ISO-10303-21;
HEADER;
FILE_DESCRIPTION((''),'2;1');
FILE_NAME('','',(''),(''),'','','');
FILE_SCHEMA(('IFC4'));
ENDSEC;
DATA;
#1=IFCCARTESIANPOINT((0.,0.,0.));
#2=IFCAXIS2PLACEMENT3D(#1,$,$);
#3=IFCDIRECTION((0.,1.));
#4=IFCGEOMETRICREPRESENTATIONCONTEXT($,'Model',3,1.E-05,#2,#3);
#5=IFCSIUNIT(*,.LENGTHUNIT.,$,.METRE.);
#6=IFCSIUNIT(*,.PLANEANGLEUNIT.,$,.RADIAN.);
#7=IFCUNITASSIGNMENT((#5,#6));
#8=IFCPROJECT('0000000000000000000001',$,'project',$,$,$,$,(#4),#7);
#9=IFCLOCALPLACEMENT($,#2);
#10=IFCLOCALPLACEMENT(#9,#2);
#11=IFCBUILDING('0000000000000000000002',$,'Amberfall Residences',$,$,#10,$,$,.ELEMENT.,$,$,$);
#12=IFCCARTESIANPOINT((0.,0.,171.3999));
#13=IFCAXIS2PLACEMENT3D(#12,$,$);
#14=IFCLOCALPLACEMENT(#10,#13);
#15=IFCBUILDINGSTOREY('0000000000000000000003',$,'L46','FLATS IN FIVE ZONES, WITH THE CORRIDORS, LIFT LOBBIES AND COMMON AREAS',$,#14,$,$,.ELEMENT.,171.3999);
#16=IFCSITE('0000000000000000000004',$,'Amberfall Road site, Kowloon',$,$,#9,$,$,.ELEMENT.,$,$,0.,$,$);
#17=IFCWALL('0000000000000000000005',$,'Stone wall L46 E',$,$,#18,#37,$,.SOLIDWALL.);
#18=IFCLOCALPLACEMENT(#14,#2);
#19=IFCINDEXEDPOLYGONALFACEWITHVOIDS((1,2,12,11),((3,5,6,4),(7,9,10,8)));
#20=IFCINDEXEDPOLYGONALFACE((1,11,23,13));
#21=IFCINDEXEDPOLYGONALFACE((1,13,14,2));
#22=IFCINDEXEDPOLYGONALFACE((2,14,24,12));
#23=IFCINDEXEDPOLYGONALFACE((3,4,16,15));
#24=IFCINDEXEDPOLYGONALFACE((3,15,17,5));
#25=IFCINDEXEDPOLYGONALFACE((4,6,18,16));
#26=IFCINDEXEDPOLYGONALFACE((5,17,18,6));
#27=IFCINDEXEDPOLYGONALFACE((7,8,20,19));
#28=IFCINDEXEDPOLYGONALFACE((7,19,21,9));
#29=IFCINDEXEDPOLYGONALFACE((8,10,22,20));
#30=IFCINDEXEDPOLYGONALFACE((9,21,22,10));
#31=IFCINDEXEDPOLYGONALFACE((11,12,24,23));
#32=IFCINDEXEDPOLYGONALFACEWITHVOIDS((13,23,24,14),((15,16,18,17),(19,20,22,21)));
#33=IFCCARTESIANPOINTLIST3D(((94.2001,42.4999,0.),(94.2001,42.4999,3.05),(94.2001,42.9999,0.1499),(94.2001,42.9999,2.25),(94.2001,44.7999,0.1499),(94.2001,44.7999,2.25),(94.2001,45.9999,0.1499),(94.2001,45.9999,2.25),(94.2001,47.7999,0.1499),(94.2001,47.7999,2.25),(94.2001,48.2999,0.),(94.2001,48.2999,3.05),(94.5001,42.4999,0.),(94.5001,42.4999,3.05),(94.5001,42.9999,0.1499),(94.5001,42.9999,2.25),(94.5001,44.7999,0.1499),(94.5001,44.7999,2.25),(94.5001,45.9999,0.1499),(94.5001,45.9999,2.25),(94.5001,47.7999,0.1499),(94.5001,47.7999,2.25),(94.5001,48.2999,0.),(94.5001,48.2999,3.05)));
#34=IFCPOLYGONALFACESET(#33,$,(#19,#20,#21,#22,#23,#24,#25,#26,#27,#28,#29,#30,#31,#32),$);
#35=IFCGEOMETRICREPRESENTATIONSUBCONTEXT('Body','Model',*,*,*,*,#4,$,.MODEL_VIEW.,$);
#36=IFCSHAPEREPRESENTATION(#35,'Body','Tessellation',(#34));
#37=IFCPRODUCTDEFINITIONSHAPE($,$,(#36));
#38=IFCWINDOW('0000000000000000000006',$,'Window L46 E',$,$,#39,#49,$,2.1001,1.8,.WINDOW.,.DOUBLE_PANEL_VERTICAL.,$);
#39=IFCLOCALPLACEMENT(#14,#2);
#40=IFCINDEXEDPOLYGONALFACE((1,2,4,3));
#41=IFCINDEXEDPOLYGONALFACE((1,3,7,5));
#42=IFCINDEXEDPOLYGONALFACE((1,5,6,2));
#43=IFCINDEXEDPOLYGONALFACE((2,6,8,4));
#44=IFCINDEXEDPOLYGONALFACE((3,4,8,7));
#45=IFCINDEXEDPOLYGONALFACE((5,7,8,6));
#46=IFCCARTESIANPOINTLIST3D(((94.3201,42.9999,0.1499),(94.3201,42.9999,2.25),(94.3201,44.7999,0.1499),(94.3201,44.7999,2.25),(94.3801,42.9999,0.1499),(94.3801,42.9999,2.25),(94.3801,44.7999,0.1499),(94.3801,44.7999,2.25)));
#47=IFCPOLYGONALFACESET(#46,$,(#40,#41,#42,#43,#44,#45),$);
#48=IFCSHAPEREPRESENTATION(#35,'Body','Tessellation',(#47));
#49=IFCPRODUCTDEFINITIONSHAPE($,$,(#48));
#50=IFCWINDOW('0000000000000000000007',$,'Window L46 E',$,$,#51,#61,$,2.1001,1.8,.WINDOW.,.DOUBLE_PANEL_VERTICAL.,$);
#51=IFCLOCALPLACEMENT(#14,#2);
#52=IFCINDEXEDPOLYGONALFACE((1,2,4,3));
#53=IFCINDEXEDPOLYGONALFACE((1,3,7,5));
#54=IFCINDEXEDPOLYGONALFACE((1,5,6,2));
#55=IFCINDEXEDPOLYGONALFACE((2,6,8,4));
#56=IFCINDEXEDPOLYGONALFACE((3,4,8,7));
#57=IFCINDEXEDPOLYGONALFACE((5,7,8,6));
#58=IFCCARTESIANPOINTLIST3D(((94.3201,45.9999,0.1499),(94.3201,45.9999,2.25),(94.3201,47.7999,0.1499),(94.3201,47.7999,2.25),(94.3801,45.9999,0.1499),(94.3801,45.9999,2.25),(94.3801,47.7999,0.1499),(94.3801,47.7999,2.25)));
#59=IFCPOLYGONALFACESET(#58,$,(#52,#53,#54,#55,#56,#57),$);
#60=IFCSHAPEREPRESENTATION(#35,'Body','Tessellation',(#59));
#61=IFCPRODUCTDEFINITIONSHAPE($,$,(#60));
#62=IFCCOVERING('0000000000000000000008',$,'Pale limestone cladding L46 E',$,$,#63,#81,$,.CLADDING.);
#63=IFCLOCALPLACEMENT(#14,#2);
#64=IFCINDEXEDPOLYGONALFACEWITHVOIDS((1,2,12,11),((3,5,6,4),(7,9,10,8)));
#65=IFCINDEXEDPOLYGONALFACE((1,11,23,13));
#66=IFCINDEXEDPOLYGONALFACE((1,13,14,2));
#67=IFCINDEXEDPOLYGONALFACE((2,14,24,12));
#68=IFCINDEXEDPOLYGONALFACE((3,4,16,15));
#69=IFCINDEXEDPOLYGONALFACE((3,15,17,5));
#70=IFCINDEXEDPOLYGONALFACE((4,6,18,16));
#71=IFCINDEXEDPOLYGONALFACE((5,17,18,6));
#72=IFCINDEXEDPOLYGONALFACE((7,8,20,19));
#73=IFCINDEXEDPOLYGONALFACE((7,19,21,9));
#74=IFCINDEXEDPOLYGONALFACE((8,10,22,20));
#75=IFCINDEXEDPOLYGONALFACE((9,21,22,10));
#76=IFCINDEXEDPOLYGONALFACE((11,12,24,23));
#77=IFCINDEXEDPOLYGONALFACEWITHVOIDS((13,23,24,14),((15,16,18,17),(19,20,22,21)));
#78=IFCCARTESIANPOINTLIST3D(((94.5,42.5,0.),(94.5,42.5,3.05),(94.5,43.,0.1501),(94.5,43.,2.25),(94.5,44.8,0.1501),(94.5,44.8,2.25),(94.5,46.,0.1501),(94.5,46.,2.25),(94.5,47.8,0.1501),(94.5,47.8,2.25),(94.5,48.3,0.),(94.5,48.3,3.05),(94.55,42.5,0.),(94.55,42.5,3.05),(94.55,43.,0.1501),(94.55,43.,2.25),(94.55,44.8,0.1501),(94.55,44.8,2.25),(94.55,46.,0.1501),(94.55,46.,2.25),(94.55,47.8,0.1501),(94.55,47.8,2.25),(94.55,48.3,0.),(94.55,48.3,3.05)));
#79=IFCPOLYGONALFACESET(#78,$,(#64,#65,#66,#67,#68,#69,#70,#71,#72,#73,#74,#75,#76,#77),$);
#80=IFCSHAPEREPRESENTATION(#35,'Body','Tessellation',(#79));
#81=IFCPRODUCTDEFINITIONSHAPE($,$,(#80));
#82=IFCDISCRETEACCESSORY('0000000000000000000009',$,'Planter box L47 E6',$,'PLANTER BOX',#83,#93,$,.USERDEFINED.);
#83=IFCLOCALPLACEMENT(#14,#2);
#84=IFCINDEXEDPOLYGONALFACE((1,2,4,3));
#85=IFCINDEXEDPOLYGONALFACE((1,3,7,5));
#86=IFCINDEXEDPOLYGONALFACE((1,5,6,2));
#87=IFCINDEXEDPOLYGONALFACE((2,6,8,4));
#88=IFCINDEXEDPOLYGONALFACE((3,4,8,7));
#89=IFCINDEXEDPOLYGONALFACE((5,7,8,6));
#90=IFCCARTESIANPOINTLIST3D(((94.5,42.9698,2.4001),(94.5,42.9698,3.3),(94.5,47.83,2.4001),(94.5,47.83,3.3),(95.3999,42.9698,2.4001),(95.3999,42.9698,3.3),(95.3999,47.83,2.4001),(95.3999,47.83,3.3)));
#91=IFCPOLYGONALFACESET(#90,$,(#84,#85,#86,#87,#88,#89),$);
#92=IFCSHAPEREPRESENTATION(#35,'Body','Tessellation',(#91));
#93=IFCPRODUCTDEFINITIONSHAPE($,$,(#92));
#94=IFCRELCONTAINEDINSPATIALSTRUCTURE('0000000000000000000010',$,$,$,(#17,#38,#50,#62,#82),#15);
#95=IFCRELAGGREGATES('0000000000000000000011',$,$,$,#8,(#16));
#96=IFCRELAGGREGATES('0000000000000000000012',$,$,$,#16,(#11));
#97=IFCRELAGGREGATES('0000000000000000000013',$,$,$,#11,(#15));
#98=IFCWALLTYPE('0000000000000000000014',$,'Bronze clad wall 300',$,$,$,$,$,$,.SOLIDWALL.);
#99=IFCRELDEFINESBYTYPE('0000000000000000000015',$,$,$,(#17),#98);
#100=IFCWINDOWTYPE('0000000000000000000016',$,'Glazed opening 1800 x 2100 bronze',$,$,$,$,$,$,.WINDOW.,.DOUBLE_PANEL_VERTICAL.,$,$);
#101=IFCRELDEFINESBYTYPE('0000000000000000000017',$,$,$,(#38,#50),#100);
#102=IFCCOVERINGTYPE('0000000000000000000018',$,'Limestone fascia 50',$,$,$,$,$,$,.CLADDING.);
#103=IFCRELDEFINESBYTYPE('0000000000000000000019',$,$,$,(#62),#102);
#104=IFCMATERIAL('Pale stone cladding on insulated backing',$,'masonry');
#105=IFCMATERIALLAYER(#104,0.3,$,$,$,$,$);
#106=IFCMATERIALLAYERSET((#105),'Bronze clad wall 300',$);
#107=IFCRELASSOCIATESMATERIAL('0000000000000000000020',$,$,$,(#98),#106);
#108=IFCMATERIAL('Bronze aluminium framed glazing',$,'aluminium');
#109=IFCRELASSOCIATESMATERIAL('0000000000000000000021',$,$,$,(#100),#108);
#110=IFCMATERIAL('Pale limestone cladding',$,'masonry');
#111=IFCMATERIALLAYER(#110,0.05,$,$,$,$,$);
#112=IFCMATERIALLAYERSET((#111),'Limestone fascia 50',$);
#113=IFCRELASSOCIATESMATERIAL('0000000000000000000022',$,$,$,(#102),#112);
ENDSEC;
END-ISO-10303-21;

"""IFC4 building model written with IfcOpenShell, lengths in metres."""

from ifc_helpers import new_model, si_unit, direction, frame, frame_2d, origin, origin_2d, place, context, subcontext, project, spatial, polyline, rectangle, outline, extrude, material, layer, layer_set, type_object, element, fill, save


model = new_model("IFC4")

# Units and contexts
model_context = context("Model", 3, precision=1e-05, world=origin(), true_north=direction((0.0, 1.0)))
body_context = subcontext(model_context, "Body", "Model", "MODEL_VIEW")
ifc_project = project(units=[si_unit("LENGTHUNIT", "METRE"), si_unit("PLANEANGLEUNIT", "RADIAN")], contexts=[model_context])

# Site, building, storey
site_placement = place(None, origin())
site = spatial("IfcSite", under=ifc_project, at=site_placement, Name="Amberfall Road site, Kowloon", CompositionType="ELEMENT", RefElevation=0.0)
building_placement = place(site_placement, origin())
building = spatial("IfcBuilding", under=site, at=building_placement, Name="Amberfall Residences", CompositionType="ELEMENT")
storey_placement = place(building_placement, frame((0.0, 0.0, 171.3999)))
storey = spatial("IfcBuildingStorey", under=building, at=storey_placement, Name="L46", Description="FLATS IN FIVE ZONES, WITH THE CORRIDORS, LIFT LOBBIES AND COMMON AREAS", CompositionType="ELEMENT", Elevation=171.3999)

# Shared definitions
ifc_material_1 = material(Name="Pale stone cladding on insulated backing", Category="masonry")
ifc_layer_1 = layer(ifc_material_1, 0.3)
ifc_layer_set_1 = layer_set([ifc_layer_1], Name="Bronze clad wall 300")
wall_type = type_object("IfcWallType", Name="Bronze clad wall 300", PredefinedType="SOLIDWALL", material=ifc_layer_set_1)

# Wall, openings, windows
wall_1_placement = place(storey_placement, frame((94.3501, 42.5, 0.0), z_axis=(0.0, 0.0, 1.0), x_axis=(0.0, 1.0, 0.0)))
wall_1 = element("IfcWall", 1, at=wall_1_placement, inside=storey, type_object=wall_type, Name="Stone wall L46 E", PredefinedType="SOLIDWALL", context=body_context, shape_type="SweptSolid", body=[
    extrude(rectangle(XDim=5.8, YDim=0.3, at=frame_2d((2.8999, 0.0))), origin(), (0.0, 0.0, 1.0), 3.05),
])
opening_1_placement = place(wall_1_placement, frame((0.5, 0.0, 0.1499)))
opening_1 = element("IfcOpeningElement", 2, at=opening_1_placement, cuts=wall_1, PredefinedType="OPENING", context=body_context, shape_type="SweptSolid", body=[
    extrude(rectangle(XDim=1.8, YDim=2.1001, at=frame_2d((0.8999, 1.05))), frame((0.0, 0.1599, 0.0), z_axis=(0.0, -1.0, 0.0), x_axis=(1.0, 0.0, 0.0)), (0.0, 0.0, 1.0), 0.3201),
])
opening_2_placement = place(wall_1_placement, frame((3.5, 0.0, 0.1499)))
opening_2 = element("IfcOpeningElement", 3, at=opening_2_placement, cuts=wall_1, PredefinedType="OPENING", context=body_context, shape_type="SweptSolid", body=[
    extrude(rectangle(XDim=1.8, YDim=2.1001, at=frame_2d((0.8999, 1.05))), frame((0.0, 0.1599, 0.0), z_axis=(0.0, -1.0, 0.0), x_axis=(1.0, 0.0, 0.0)), (0.0, 0.0, 1.0), 0.3201),
])
ifc_material_2 = material(Name="Bronze aluminium framed glazing", Category="aluminium")
window_type = type_object("IfcWindowType", Name="Glazed opening 1800 x 2100 bronze", PartitioningType="DOUBLE_PANEL_VERTICAL", PredefinedType="WINDOW", material=ifc_material_2)
window_1_placement = place(opening_1_placement, origin())
window_1 = element("IfcWindow", 4, at=window_1_placement, inside=storey, type_object=window_type, Name="Window L46 E", OverallHeight=2.1001, OverallWidth=1.8, PartitioningType="DOUBLE_PANEL_VERTICAL", PredefinedType="WINDOW", context=body_context, shape_type="SweptSolid", body=[
    extrude(rectangle(XDim=1.8, YDim=2.1001, at=frame_2d((0.8999, 1.05))), frame((0.0, 0.03, 0.0), z_axis=(0.0, -1.0, 0.0), x_axis=(1.0, 0.0, 0.0)), (0.0, 0.0, 1.0), 0.0601),
])
fill(opening_1, window_1)
window_2_placement = place(opening_2_placement, origin())
window_2 = element("IfcWindow", 5, at=window_2_placement, inside=storey, type_object=window_type, Name="Window L46 E", OverallHeight=2.1001, OverallWidth=1.8, PartitioningType="DOUBLE_PANEL_VERTICAL", PredefinedType="WINDOW", context=body_context, shape_type="SweptSolid", body=[
    extrude(rectangle(XDim=1.8, YDim=2.1001, at=frame_2d((0.8999, 1.05))), frame((0.0, 0.03, 0.0), z_axis=(0.0, -1.0, 0.0), x_axis=(1.0, 0.0, 0.0)), (0.0, 0.0, 1.0), 0.0601),
])
fill(opening_2, window_2)

# Covering
ifc_material_3 = material(Name="Pale limestone cladding", Category="masonry")
ifc_layer_2 = layer(ifc_material_3, 0.05)
ifc_layer_set_2 = layer_set([ifc_layer_2], Name="Limestone fascia 50")
covering_type = type_object("IfcCoveringType", Name="Limestone fascia 50", PredefinedType="CLADDING", material=ifc_layer_set_2)
covering_placement = place(storey_placement, frame((94.5, 42.5, 3.05), z_axis=(-1.0, 0.0, 0.0), x_axis=(0.0, 1.0, 0.0)))
element("IfcCovering", 6, at=covering_placement, inside=storey, type_object=covering_type, Name="Pale limestone cladding L46 E", PredefinedType="CLADDING", context=body_context, shape_type="SweptSolid", body=[
    extrude(outline(polyline([(0.0, 0.0), (5.8, 0.0), (5.8, 3.05), (0.0, 3.05), (0.0, 0.0)]), holes=[polyline([(0.5, 0.8), (2.3, 0.8), (2.3, 2.8999), (0.5, 2.8999), (0.5, 0.8)]), polyline([(3.5, 0.8), (5.3, 0.8), (5.3, 2.8999), (3.5, 2.8999), (3.5, 0.8)])]), origin(), (0.0, 0.0, -1.0), 0.05),
])

# Discrete accessory
discrete_accessory_placement = place(storey_placement, frame((94.95, 45.3999, 2.4001), z_axis=(0.0, 0.0, 1.0), x_axis=(0.0, 1.0, 0.0)))
element("IfcDiscreteAccessory", 7, at=discrete_accessory_placement, inside=storey, Name="Planter box L47 E6", ObjectType="PLANTER BOX", PredefinedType="USERDEFINED", context=body_context, shape_type="SweptSolid", body=[
    extrude(rectangle(XDim=4.8601, YDim=0.8999, at=origin_2d()), origin(), (0.0, 0.0, 1.0), 0.8999),
])

save(model, "model.ifc")
